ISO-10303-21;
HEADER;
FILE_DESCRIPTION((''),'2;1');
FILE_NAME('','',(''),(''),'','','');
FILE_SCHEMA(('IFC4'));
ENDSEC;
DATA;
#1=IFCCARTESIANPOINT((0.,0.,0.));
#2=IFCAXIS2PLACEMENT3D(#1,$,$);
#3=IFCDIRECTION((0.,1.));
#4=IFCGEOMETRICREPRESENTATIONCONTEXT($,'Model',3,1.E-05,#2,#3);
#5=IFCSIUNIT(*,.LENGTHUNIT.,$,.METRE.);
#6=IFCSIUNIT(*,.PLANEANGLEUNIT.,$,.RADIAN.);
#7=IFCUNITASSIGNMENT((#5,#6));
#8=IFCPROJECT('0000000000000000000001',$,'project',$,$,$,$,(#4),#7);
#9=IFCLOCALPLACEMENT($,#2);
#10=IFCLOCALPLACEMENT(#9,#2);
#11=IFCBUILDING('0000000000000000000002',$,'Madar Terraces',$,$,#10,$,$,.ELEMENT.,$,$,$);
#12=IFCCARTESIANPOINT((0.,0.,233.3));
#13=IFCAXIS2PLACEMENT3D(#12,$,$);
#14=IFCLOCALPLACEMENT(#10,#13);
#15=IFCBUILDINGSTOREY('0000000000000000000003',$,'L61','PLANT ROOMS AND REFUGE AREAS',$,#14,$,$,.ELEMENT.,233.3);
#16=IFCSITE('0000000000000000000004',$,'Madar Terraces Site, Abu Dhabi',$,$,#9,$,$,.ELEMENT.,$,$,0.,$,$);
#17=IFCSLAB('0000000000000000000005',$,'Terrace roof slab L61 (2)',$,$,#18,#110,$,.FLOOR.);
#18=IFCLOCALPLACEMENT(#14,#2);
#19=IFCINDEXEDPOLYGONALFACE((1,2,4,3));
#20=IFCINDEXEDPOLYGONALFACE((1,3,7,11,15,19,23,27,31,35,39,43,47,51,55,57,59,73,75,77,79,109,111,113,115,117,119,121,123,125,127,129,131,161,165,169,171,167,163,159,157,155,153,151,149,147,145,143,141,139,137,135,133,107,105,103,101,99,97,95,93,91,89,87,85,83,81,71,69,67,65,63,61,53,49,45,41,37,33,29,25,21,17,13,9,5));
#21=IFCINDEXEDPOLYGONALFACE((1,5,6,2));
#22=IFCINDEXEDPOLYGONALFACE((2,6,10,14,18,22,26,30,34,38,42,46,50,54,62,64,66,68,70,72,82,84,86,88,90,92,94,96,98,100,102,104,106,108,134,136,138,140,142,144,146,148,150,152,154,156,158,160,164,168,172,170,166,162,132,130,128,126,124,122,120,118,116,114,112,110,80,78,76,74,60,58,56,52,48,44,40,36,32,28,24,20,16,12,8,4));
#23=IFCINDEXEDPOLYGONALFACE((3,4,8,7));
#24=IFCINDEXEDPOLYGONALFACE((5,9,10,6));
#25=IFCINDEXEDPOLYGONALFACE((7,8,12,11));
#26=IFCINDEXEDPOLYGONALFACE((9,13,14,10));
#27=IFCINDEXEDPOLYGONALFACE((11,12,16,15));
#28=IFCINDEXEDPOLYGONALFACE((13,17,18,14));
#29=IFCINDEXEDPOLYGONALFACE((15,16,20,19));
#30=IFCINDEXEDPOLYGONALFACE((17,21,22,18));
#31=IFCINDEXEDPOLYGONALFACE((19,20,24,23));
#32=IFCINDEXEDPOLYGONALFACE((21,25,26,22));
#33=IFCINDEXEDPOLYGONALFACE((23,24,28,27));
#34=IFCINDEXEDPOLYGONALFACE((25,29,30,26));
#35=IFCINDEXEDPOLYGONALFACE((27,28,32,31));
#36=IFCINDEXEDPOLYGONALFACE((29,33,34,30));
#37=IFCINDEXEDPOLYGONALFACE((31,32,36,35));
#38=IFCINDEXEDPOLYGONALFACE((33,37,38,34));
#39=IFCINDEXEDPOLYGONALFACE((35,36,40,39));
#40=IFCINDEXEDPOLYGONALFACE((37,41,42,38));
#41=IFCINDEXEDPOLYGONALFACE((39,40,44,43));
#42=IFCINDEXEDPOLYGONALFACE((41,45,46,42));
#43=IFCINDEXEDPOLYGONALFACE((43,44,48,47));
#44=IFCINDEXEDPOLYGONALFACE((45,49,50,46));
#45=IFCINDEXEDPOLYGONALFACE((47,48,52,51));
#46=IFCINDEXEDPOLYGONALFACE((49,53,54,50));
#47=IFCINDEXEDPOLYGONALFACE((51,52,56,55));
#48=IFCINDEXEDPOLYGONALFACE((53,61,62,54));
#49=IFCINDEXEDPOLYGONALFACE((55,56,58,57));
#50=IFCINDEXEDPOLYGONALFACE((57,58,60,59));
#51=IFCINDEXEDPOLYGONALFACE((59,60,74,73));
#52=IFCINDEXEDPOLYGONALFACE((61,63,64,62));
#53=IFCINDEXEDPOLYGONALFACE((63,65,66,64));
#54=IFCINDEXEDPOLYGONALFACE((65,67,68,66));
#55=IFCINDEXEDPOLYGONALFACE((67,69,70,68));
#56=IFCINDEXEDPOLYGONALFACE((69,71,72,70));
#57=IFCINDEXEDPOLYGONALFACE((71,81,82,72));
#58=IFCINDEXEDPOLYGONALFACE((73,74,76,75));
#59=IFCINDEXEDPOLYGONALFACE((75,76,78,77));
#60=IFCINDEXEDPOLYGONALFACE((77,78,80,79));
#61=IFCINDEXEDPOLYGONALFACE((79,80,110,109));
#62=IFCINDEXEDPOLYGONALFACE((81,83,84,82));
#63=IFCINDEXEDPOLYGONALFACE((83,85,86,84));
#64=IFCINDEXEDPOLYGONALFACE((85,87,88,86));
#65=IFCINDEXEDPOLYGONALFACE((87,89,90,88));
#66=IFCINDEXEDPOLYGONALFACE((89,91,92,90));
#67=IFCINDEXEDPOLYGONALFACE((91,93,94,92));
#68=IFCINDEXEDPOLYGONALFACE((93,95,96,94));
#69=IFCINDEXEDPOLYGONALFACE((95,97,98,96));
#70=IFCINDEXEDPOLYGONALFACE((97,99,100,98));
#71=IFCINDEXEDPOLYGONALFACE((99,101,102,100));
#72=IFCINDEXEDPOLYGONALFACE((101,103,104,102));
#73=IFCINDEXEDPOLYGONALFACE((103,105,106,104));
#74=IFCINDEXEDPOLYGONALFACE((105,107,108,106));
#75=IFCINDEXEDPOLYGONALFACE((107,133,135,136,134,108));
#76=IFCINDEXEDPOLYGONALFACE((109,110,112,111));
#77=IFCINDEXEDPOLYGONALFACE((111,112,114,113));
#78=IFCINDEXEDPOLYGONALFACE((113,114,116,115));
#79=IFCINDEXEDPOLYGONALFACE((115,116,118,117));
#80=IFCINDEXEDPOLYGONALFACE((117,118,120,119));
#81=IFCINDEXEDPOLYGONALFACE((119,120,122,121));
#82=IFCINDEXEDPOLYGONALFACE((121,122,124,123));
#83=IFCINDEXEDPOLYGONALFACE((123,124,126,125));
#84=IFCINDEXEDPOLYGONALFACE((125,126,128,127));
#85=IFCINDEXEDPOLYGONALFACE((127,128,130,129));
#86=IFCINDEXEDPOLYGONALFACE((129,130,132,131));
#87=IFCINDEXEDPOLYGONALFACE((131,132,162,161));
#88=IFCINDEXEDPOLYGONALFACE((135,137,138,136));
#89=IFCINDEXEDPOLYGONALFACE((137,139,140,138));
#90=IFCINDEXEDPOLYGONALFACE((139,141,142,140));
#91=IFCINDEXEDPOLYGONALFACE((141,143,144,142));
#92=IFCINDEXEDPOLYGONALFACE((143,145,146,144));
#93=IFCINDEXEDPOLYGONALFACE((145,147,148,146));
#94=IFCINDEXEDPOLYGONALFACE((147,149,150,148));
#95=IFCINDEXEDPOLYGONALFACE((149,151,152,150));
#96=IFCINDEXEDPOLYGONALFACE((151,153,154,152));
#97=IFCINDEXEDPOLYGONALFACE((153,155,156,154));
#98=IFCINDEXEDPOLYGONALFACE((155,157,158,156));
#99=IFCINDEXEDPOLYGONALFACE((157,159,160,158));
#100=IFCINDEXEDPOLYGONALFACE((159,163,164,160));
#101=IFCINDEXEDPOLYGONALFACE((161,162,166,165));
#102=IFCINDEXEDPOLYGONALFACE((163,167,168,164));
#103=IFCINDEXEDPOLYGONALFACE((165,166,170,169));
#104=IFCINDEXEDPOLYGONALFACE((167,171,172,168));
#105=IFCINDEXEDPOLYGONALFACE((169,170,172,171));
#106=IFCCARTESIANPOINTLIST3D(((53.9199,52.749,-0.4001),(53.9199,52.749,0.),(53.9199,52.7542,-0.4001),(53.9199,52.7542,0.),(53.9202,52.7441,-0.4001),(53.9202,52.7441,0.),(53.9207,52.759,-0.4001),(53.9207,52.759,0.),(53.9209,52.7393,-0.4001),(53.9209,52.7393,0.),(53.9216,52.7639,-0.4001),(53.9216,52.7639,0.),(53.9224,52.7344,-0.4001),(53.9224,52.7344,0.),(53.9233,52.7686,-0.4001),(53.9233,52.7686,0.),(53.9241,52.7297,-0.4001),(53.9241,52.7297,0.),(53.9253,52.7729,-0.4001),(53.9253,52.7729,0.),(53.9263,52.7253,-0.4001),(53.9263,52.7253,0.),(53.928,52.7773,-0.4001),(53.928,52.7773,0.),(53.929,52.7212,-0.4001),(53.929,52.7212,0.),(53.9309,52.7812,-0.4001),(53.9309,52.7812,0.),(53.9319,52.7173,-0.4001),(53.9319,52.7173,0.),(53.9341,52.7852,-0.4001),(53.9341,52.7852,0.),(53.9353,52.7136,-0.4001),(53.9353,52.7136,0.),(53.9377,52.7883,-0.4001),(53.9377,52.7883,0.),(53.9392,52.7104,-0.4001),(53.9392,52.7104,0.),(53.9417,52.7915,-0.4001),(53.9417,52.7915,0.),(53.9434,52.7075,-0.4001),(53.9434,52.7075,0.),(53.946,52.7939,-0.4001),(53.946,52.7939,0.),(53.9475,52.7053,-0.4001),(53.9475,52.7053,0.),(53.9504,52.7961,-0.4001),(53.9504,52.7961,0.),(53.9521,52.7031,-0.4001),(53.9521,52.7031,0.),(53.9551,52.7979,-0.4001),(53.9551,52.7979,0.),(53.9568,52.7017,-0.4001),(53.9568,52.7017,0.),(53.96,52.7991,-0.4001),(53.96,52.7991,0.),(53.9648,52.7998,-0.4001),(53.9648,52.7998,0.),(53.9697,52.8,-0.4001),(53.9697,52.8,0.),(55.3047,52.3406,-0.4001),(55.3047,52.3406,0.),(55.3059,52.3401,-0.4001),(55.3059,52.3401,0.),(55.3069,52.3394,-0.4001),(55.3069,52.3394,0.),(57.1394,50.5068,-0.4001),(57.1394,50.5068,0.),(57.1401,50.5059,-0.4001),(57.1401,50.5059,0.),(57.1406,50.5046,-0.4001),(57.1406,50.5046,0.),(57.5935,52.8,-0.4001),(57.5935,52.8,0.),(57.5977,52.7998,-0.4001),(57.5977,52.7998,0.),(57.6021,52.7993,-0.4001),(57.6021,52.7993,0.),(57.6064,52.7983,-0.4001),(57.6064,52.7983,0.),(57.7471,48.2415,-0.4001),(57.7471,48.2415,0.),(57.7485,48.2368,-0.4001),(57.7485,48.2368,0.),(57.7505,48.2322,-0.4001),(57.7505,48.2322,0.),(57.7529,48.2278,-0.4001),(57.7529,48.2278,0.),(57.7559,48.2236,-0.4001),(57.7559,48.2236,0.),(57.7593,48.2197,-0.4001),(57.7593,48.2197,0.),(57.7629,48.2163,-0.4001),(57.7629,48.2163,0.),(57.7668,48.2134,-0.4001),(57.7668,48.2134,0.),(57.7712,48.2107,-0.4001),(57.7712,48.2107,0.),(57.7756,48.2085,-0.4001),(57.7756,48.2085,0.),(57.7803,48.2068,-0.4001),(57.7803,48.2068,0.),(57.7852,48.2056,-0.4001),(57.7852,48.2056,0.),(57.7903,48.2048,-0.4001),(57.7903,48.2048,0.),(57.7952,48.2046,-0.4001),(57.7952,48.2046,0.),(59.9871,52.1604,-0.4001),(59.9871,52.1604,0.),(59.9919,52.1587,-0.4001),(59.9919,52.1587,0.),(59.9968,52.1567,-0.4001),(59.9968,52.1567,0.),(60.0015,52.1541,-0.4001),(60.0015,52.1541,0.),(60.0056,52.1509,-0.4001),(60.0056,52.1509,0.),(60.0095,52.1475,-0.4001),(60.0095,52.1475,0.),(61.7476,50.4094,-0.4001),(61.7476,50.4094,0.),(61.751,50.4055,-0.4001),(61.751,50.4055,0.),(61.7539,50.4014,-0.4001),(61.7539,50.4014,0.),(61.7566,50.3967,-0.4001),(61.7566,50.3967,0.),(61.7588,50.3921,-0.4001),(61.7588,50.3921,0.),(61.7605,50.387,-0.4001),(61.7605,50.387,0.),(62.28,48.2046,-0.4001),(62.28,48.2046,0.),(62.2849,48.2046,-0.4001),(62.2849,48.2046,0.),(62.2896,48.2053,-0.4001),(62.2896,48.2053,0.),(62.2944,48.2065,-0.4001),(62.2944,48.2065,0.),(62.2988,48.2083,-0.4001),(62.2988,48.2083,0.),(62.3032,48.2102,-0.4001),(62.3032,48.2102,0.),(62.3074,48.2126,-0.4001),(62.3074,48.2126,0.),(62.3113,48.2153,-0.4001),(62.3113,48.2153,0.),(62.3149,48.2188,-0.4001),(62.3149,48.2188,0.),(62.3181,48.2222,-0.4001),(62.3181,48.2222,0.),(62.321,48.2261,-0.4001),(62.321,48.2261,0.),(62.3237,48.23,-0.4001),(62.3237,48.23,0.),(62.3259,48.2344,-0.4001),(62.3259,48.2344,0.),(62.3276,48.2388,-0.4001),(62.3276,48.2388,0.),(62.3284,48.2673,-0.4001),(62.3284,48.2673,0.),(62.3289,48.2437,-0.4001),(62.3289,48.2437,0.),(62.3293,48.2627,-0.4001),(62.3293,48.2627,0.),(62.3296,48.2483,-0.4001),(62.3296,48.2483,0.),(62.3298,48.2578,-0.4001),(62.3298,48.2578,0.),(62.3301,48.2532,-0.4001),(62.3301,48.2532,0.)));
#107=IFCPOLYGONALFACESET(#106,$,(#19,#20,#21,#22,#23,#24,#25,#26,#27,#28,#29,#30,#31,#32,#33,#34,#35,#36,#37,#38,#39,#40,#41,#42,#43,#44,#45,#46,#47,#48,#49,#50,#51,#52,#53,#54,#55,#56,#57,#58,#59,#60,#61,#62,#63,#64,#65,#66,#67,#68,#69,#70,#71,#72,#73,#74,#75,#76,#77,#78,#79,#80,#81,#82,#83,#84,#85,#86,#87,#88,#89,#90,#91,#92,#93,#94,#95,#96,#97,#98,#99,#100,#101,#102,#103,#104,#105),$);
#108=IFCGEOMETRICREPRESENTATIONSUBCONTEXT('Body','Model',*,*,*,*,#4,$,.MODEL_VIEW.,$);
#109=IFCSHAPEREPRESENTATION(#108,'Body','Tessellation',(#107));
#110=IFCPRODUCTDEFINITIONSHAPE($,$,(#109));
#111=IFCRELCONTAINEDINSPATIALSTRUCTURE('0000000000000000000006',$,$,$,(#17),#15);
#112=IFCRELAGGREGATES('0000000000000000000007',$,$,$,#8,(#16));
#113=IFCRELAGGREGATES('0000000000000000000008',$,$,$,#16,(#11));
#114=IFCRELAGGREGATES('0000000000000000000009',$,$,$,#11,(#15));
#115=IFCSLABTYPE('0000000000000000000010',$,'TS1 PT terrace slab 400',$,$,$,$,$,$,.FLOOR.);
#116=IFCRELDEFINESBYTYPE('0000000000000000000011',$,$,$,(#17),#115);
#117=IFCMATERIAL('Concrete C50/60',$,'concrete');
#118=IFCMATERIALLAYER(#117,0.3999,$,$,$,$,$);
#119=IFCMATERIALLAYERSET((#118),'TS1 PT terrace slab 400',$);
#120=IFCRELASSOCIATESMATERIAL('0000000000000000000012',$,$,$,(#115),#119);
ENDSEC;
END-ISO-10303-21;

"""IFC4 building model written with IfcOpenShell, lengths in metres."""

from ifc_helpers import new_model, si_unit, direction, frame, origin, place, context, subcontext, project, spatial, polyline, outline, extrude, material, layer, layer_set, type_object, element, save


model = new_model("IFC4")

# Units and contexts
model_context = context("Model", 3, precision=1e-05, world=origin(), true_north=direction((0.0, 1.0)))
body_context = subcontext(model_context, "Body", "Model", "MODEL_VIEW")
ifc_project = project(units=[si_unit("LENGTHUNIT", "METRE"), si_unit("PLANEANGLEUNIT", "RADIAN")], contexts=[model_context])

# Site, building, storey
site_placement = place(None, origin())
site = spatial("IfcSite", under=ifc_project, at=site_placement, Name="Madar Terraces Site, Abu Dhabi", CompositionType="ELEMENT", RefElevation=0.0)
building_placement = place(site_placement, origin())
building = spatial("IfcBuilding", under=site, at=building_placement, Name="Madar Terraces", CompositionType="ELEMENT")
storey_placement = place(building_placement, frame((0.0, 0.0, 233.3)))
storey = spatial("IfcBuildingStorey", under=building, at=storey_placement, Name="L61", Description="PLANT ROOMS AND REFUGE AREAS", CompositionType="ELEMENT", Elevation=233.3)

# Slab
ifc_material_1 = material(Name="Concrete C50/60", Category="concrete")
ifc_layer_1 = layer(ifc_material_1, 0.3999)
ifc_layer_set_1 = layer_set([ifc_layer_1], Name="TS1 PT terrace slab 400")
slab_type_1 = type_object("IfcSlabType", Name="TS1 PT terrace slab 400", PredefinedType="FLOOR", material=ifc_layer_set_1)
slab_1_placement = place(storey_placement, frame((0.0, 0.0, -0.4001)))
element("IfcSlab", 1, at=slab_1_placement, inside=storey, type_object=slab_type_1, Name="Terrace roof slab L61 (2)", PredefinedType="FLOOR", context=body_context, shape_type="SweptSolid", body=[
    extrude(outline(polyline([(53.9568, 52.7017), (55.3047, 52.3406), (55.3059, 52.3401), (55.3069, 52.3394), (57.1394, 50.5068), (57.1401, 50.5059), (57.1406, 50.5046), (57.7471, 48.2415), (57.7485, 48.2368), (57.7505, 48.2322), (57.7529, 48.2278), (57.7559, 48.2236), (57.7593, 48.2197), (57.7629, 48.2163), (57.7668, 48.2134), (57.7712, 48.2107), (57.7756, 48.2085), (57.7803, 48.2068), (57.7852, 48.2056), (57.7903, 48.2048), (57.7952, 48.2046), (62.28, 48.2046), (62.2849, 48.2046), (62.2896, 48.2053), (62.2944, 48.2065), (62.2988, 48.2083), (62.3032, 48.2102), (62.3074, 48.2126), (62.3113, 48.2153), (62.3149, 48.2188), (62.3181, 48.2222), (62.321, 48.2261), (62.3237, 48.23), (62.3259, 48.2344), (62.3276, 48.2388), (62.3289, 48.2437), (62.3296, 48.2483), (62.3301, 48.2532), (62.3298, 48.2578), (62.3293, 48.2627), (62.3284, 48.2673), (61.7605, 50.387), (61.7588, 50.3921), (61.7566, 50.3967), (61.7539, 50.4014), (61.751, 50.4055), (61.7476, 50.4094), (60.0095, 52.1475), (60.0056, 52.1509), (60.0015, 52.1541), (59.9968, 52.1567), (59.9919, 52.1587), (59.9871, 52.1604), (57.6064, 52.7983), (57.6021, 52.7993), (57.5977, 52.7998), (57.5935, 52.8), (53.9697, 52.8), (53.9648, 52.7998), (53.96, 52.7991), (53.9551, 52.7979), (53.9504, 52.7961), (53.946, 52.7939), (53.9417, 52.7915), (53.9377, 52.7883), (53.9341, 52.7852), (53.9309, 52.7812), (53.928, 52.7773), (53.9253, 52.7729), (53.9233, 52.7686), (53.9216, 52.7639), (53.9207, 52.759), (53.9199, 52.7542), (53.9199, 52.749), (53.9202, 52.7441), (53.9209, 52.7393), (53.9224, 52.7344), (53.9241, 52.7297), (53.9263, 52.7253), (53.929, 52.7212), (53.9319, 52.7173), (53.9353, 52.7136), (53.9392, 52.7104), (53.9434, 52.7075), (53.9475, 52.7053), (53.9521, 52.7031), (53.9568, 52.7017)])), origin(), (0.0, 0.0, 1.0), 0.4001),
])

save(model, "model.ifc")
